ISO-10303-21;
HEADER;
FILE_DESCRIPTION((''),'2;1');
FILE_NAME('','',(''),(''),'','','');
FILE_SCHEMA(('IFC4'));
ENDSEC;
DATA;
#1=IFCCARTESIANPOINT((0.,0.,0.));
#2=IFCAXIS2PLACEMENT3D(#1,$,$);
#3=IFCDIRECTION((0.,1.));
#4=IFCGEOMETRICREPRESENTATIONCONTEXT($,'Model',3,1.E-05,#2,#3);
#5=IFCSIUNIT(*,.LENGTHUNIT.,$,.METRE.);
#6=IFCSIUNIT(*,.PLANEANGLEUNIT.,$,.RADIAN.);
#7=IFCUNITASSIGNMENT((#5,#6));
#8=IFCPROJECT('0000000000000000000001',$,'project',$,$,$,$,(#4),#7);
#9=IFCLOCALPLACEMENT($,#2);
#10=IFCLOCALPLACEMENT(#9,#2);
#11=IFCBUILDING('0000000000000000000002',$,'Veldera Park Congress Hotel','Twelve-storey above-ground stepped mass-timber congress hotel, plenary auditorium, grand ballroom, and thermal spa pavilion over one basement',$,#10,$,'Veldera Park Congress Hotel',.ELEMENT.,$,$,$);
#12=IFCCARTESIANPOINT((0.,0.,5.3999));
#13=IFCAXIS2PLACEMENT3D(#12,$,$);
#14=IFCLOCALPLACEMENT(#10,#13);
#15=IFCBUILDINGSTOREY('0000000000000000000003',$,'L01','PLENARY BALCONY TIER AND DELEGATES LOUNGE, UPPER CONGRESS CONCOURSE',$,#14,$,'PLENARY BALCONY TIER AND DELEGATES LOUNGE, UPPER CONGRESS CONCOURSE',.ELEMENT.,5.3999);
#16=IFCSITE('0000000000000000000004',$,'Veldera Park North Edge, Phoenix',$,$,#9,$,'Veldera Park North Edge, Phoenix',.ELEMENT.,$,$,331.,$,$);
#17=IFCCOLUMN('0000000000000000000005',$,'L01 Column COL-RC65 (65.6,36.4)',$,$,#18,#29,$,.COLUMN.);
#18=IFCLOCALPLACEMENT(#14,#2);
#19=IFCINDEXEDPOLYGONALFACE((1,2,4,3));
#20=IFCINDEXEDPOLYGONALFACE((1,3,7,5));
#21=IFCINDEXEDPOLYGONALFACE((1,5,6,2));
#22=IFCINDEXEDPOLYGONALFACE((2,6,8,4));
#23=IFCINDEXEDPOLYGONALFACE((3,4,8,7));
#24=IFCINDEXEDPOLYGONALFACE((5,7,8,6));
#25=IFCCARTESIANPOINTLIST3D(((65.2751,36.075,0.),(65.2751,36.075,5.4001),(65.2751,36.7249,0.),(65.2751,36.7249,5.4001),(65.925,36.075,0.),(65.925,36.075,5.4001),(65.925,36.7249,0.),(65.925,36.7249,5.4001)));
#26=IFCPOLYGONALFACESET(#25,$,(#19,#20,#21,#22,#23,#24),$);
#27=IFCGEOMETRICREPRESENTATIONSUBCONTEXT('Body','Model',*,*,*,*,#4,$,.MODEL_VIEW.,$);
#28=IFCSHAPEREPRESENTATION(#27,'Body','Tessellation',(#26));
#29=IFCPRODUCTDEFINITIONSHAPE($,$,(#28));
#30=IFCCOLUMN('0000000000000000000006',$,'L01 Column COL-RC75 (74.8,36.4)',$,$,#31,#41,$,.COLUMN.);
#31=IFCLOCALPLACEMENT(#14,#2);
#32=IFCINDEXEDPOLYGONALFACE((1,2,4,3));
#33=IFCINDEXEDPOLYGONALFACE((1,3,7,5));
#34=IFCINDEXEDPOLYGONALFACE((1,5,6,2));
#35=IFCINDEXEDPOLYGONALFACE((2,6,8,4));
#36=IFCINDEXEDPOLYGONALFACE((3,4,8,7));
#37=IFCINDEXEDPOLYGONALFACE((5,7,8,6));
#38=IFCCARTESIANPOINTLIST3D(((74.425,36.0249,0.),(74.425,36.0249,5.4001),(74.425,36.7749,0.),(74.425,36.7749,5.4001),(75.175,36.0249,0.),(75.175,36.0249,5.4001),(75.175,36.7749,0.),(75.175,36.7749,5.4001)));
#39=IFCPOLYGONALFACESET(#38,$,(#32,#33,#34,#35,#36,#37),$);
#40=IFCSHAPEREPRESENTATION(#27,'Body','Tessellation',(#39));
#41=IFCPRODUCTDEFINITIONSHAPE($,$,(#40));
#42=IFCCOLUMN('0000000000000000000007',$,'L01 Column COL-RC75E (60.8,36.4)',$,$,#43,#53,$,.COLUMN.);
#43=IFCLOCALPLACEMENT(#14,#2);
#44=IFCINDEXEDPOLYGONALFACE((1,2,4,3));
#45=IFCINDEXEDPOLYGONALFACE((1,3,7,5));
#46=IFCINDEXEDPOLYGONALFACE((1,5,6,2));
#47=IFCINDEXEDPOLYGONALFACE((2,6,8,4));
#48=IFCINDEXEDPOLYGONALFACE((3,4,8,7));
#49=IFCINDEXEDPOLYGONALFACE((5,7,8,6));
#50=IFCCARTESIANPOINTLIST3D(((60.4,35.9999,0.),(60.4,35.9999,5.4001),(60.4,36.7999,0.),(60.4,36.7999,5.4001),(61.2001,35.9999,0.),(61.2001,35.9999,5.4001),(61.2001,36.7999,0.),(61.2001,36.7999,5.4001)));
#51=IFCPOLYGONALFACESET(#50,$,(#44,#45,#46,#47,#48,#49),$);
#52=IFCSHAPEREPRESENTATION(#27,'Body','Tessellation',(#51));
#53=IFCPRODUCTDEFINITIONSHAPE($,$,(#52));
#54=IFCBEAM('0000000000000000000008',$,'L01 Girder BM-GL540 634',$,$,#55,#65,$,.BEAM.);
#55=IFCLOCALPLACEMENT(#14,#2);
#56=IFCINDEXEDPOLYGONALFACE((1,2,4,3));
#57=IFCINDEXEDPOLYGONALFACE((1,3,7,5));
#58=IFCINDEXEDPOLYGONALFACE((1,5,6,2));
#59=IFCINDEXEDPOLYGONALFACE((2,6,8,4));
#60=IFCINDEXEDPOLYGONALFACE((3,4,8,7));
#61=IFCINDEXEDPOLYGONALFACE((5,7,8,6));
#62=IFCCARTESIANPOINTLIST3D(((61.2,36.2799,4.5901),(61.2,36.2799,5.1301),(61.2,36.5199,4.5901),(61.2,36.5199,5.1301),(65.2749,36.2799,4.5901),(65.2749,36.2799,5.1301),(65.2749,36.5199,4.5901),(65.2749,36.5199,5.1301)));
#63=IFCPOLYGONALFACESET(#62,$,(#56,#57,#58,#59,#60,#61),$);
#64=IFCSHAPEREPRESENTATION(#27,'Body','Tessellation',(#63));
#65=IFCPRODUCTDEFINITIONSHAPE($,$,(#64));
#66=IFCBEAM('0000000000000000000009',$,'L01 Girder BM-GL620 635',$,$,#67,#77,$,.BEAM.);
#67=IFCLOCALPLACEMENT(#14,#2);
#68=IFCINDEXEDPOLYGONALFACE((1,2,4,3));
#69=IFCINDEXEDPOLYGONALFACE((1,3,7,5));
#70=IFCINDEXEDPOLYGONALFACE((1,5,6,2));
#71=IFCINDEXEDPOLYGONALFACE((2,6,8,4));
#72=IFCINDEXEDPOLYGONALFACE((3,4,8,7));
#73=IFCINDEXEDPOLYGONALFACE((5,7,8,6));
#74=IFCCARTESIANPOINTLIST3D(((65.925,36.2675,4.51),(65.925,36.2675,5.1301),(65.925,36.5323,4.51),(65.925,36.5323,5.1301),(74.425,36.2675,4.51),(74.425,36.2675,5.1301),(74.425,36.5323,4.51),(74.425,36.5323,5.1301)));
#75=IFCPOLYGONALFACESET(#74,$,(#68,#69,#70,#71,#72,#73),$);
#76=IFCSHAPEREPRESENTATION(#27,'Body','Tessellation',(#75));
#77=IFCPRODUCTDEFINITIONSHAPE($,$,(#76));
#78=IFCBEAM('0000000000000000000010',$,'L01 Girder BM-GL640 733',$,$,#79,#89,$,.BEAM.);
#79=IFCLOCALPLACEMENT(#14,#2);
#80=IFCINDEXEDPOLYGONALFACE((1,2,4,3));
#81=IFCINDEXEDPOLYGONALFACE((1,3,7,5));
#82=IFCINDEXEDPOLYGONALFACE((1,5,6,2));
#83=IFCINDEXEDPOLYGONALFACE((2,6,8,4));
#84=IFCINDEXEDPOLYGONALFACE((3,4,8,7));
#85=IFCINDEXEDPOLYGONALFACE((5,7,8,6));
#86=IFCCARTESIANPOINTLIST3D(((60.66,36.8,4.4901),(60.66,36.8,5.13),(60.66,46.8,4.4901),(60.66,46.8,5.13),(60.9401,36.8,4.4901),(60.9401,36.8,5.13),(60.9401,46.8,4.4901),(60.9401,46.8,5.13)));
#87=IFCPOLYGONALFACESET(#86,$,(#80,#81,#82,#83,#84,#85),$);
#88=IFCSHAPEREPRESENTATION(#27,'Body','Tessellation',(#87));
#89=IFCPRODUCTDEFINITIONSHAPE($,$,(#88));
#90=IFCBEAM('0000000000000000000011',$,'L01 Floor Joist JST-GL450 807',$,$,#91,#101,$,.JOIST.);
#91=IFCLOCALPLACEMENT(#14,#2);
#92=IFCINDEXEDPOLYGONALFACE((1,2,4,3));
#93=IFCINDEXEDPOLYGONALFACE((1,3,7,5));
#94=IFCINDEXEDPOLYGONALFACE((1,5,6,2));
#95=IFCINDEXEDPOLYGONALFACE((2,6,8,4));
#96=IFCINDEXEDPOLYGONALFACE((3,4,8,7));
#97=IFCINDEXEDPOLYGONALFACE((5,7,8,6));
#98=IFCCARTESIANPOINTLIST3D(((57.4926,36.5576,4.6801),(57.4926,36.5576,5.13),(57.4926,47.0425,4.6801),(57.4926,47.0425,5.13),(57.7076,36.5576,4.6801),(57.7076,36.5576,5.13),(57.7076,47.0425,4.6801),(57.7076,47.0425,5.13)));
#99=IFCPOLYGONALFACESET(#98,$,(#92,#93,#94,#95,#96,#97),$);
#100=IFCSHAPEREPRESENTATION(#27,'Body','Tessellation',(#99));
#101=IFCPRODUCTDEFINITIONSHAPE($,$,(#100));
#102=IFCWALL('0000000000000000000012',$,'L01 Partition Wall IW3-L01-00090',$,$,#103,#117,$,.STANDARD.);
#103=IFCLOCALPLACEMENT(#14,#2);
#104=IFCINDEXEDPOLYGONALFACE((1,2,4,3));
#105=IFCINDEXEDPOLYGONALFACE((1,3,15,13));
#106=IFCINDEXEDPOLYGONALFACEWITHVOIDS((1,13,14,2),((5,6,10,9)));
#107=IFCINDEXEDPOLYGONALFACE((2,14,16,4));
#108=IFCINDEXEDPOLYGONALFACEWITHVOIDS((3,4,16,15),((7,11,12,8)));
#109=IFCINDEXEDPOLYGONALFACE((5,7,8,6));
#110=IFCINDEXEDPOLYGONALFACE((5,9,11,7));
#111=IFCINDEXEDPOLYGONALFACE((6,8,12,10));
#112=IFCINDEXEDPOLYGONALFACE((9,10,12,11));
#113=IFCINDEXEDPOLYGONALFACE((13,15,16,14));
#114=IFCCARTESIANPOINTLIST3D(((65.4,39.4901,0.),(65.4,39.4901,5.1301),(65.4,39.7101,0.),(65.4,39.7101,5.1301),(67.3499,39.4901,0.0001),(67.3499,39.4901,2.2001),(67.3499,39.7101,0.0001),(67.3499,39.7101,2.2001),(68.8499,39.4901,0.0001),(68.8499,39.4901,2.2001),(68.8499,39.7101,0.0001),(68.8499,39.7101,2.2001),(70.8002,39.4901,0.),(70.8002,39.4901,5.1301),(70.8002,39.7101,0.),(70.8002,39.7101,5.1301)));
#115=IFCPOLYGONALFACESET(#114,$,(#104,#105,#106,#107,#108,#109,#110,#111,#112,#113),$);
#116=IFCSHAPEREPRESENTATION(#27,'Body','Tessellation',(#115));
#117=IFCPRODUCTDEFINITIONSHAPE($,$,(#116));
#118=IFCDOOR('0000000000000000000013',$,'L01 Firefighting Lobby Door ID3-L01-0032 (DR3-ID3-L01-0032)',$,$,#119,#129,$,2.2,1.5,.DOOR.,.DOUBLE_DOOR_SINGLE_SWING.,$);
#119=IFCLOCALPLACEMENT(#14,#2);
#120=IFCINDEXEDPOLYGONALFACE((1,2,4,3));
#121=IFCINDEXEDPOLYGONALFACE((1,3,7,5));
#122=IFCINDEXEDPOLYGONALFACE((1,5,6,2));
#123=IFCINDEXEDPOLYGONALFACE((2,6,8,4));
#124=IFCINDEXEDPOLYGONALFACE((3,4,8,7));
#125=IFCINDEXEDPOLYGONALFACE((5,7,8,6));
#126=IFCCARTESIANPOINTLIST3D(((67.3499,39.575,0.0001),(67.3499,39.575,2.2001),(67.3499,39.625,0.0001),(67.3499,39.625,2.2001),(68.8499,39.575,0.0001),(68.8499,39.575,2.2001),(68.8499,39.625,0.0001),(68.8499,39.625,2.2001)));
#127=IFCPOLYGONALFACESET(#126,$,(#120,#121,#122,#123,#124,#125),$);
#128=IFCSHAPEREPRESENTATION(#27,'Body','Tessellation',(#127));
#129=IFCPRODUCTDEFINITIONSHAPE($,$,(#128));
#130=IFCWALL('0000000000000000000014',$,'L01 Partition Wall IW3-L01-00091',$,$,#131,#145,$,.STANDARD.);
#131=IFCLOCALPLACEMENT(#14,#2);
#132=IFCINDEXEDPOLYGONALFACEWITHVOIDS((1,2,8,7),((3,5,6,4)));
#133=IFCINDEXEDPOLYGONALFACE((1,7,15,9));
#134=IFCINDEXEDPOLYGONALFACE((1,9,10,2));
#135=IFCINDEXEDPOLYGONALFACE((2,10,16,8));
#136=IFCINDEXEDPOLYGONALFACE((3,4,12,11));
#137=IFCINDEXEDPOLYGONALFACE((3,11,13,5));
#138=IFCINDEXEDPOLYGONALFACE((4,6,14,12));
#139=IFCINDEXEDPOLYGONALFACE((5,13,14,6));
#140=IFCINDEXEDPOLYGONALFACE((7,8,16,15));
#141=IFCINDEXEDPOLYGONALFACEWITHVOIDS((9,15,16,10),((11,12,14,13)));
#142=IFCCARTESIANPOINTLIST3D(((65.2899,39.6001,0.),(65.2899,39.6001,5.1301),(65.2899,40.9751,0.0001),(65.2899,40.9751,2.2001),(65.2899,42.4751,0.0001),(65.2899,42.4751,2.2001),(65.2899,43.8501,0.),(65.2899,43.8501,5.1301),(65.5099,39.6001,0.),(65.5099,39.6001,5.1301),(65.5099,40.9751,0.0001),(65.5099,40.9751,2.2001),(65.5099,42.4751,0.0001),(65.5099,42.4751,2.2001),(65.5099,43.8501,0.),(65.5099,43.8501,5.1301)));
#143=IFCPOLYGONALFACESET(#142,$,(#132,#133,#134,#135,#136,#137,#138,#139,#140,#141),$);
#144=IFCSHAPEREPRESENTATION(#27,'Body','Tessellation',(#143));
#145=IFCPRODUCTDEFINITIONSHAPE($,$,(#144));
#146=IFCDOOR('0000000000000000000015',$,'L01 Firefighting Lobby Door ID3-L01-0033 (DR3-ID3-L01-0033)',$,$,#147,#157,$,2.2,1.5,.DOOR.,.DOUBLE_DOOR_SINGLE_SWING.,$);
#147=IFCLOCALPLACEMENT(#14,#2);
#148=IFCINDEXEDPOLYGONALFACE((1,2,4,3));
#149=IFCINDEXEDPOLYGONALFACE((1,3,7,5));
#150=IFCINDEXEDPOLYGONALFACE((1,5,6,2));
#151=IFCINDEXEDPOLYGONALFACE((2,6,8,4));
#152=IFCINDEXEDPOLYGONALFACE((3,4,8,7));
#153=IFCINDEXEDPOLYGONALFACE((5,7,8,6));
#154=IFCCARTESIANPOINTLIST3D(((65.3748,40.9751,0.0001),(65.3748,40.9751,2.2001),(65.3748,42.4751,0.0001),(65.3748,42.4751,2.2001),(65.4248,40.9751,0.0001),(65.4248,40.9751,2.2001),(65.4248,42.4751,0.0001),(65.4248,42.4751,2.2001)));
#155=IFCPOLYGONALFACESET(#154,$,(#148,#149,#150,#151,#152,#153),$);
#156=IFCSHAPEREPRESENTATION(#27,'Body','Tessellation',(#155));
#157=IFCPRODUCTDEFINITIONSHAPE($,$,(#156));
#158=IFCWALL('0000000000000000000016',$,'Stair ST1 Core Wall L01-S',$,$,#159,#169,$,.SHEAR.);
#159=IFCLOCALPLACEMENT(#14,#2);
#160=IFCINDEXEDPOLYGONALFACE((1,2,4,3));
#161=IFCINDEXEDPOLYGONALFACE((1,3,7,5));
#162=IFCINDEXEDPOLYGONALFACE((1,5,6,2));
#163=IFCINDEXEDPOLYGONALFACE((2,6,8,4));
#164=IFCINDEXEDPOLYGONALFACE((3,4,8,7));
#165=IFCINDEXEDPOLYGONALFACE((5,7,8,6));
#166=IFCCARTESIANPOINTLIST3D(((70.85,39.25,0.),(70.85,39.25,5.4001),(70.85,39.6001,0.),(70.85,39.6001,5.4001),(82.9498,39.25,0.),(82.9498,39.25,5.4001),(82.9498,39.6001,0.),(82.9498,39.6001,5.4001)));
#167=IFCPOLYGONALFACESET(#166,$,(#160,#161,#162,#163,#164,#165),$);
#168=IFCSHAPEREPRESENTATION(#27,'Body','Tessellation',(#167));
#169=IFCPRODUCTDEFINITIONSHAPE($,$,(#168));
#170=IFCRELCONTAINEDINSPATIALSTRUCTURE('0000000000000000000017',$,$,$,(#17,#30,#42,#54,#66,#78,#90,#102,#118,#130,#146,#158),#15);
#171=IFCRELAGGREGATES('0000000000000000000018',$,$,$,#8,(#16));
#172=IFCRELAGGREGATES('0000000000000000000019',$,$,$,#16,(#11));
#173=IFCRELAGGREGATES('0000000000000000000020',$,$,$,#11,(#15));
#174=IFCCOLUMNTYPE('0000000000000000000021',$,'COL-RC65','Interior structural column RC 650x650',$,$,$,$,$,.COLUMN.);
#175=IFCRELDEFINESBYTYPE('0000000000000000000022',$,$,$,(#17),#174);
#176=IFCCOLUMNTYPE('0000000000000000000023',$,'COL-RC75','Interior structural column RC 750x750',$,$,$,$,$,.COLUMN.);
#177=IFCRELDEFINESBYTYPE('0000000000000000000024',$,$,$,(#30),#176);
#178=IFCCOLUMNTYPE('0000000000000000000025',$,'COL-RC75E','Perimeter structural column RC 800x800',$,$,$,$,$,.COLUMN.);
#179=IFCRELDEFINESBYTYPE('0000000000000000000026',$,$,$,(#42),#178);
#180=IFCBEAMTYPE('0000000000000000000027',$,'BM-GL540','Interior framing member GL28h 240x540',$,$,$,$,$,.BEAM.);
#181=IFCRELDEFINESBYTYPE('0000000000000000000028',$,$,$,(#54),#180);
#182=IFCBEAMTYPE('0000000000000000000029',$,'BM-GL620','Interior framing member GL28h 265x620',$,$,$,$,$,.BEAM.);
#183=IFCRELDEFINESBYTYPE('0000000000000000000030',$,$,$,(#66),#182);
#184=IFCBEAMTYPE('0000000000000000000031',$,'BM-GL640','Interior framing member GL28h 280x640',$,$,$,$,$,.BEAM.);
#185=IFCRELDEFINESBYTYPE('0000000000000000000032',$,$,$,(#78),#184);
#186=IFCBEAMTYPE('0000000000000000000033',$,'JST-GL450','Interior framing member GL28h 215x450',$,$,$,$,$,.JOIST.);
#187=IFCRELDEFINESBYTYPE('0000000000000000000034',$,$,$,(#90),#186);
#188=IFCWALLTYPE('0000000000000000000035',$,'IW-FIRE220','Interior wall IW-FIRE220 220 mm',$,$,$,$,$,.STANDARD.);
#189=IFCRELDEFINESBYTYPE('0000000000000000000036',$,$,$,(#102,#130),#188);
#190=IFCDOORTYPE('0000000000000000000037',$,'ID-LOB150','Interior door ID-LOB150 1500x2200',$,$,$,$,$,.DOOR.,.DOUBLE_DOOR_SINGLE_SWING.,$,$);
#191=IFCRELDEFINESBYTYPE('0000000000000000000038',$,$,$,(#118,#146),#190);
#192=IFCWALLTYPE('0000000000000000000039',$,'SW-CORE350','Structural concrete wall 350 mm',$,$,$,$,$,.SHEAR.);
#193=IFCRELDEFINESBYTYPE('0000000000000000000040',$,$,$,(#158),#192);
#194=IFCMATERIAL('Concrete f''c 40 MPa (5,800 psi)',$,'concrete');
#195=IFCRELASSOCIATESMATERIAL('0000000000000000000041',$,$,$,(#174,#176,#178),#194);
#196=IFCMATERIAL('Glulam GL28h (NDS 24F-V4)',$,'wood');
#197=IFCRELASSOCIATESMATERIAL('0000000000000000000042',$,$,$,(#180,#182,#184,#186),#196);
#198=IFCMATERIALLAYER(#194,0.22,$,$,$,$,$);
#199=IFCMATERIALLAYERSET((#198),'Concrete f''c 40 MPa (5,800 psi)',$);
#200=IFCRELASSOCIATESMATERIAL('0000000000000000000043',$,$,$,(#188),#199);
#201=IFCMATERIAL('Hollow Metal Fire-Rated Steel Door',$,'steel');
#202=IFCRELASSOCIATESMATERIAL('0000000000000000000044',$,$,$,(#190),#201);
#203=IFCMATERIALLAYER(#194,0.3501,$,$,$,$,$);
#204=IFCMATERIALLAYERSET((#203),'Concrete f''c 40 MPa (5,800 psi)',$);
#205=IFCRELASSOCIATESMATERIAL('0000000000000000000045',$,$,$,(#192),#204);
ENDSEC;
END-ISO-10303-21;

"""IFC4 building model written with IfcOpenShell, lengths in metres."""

from ifc_helpers import new_model, si_unit, direction, frame, frame_2d, origin, origin_2d, place, context, subcontext, project, spatial, rectangle, extrude, material, layer, layer_set, material_profile, profile_set, type_object, element, fill, save


model = new_model("IFC4")

# Units and contexts
model_context = context("Model", 3, precision=1e-05, world=origin(), true_north=direction((0.0, 1.0)))
body_context = subcontext(model_context, "Body", "Model", "MODEL_VIEW")
ifc_project = project(units=[si_unit("LENGTHUNIT", "METRE"), si_unit("PLANEANGLEUNIT", "RADIAN")], contexts=[model_context])

# Site, building, storey
site_placement = place(None, origin())
site = spatial("IfcSite", under=ifc_project, at=site_placement, Name="Veldera Park North Edge, Phoenix", LongName="Veldera Park North Edge, Phoenix", CompositionType="ELEMENT", RefElevation=331.0)
building_placement = place(site_placement, origin())
building = spatial("IfcBuilding", under=site, at=building_placement, Name="Veldera Park Congress Hotel", Description="Twelve-storey above-ground stepped mass-timber congress hotel, plenary auditorium, grand ballroom, and thermal spa pavilion over one basement", LongName="Veldera Park Congress Hotel", CompositionType="ELEMENT")
storey_placement = place(building_placement, frame((0.0, 0.0, 5.3999)))
storey = spatial("IfcBuildingStorey", under=building, at=storey_placement, Name="L01", Description="PLENARY BALCONY TIER AND DELEGATES LOUNGE, UPPER CONGRESS CONCOURSE", LongName="PLENARY BALCONY TIER AND DELEGATES LOUNGE, UPPER CONGRESS CONCOURSE", CompositionType="ELEMENT", Elevation=5.3999)

# Columns
ifc_material_1 = material(Name="Concrete f'c 40 MPa (5,800 psi)", Category="concrete")
ifc_material_profile_1 = material_profile(ifc_material_1, rectangle(XDim=0.6499, YDim=0.6499, at=origin_2d()), Name="RC 650x650")
ifc_profile_set_1 = profile_set([ifc_material_profile_1], Name="Concrete f'c 40 MPa (5,800 psi)")
column_type_1 = type_object("IfcColumnType", Name="COL-RC65", Description="Interior structural column RC 650x650", PredefinedType="COLUMN", material=ifc_profile_set_1)
column_1_placement = place(storey_placement, frame((65.6001, 36.3999, 0.0), z_axis=(0.0, 0.0, 1.0), x_axis=(1.0, 0.0, 0.0)))
element("IfcColumn", 1, at=column_1_placement, inside=storey, type_object=column_type_1, Name="L01 Column COL-RC65 (65.6,36.4)", PredefinedType="COLUMN", context=body_context, shape_type="SweptSolid", body=[
    extrude(rectangle(XDim=0.6499, YDim=0.6499, at=origin_2d()), origin(), (0.0, 0.0, 1.0), 5.4001),
])
ifc_material_profile_2 = material_profile(ifc_material_1, rectangle(XDim=0.75, YDim=0.75, at=origin_2d()), Name="RC 750x750")
ifc_profile_set_2 = profile_set([ifc_material_profile_2], Name="Concrete f'c 40 MPa (5,800 psi)")
column_type_2 = type_object("IfcColumnType", Name="COL-RC75", Description="Interior structural column RC 750x750", PredefinedType="COLUMN", material=ifc_profile_set_2)
column_2_placement = place(storey_placement, frame((74.8, 36.3999, 0.0), z_axis=(0.0, 0.0, 1.0), x_axis=(1.0, 0.0, 0.0)))
element("IfcColumn", 2, at=column_2_placement, inside=storey, type_object=column_type_2, Name="L01 Column COL-RC75 (74.8,36.4)", PredefinedType="COLUMN", context=body_context, shape_type="SweptSolid", body=[
    extrude(rectangle(XDim=0.75, YDim=0.75, at=origin_2d()), origin(), (0.0, 0.0, 1.0), 5.4001),
])
ifc_material_profile_3 = material_profile(ifc_material_1, rectangle(XDim=0.8, YDim=0.8, at=origin_2d()), Name="RC 800x800")
ifc_profile_set_3 = profile_set([ifc_material_profile_3], Name="Concrete f'c 40 MPa (5,800 psi)")
column_type_3 = type_object("IfcColumnType", Name="COL-RC75E", Description="Perimeter structural column RC 800x800", PredefinedType="COLUMN", material=ifc_profile_set_3)
column_3_placement = place(storey_placement, frame((60.8, 36.3999, 0.0), z_axis=(0.0, 0.0, 1.0), x_axis=(1.0, 0.0, 0.0)))
element("IfcColumn", 3, at=column_3_placement, inside=storey, type_object=column_type_3, Name="L01 Column COL-RC75E (60.8,36.4)", PredefinedType="COLUMN", context=body_context, shape_type="SweptSolid", body=[
    extrude(rectangle(XDim=0.8, YDim=0.8, at=origin_2d()), origin(), (0.0, 0.0, 1.0), 5.4001),
])

# Beams
ifc_material_2 = material(Name="Glulam GL28h (NDS 24F-V4)", Category="wood")
ifc_material_profile_4 = material_profile(ifc_material_2, rectangle(XDim=0.24, YDim=0.54, at=origin_2d()), Name="GL28h 240x540")
ifc_profile_set_4 = profile_set([ifc_material_profile_4], Name="Glulam GL28h (NDS 24F-V4)")
beam_type_1 = type_object("IfcBeamType", Name="BM-GL540", Description="Interior framing member GL28h 240x540", PredefinedType="BEAM", material=ifc_profile_set_4)
beam_1_placement = place(storey_placement, frame((61.2, 36.3999, 4.8601), z_axis=(1.0, 0.0, 0.0), x_axis=(0.0, 1.0, 0.0)))
element("IfcBeam", 4, at=beam_1_placement, inside=storey, type_object=beam_type_1, Name="L01 Girder BM-GL540 634", PredefinedType="BEAM", context=body_context, shape_type="SweptSolid", body=[
    extrude(rectangle(XDim=0.24, YDim=0.54, at=origin_2d()), origin(), (0.0, 0.0, 1.0), 4.075),
])
ifc_material_profile_5 = material_profile(ifc_material_2, rectangle(XDim=0.2649, YDim=0.6201, at=origin_2d()), Name="GL28h 265x620")
ifc_profile_set_5 = profile_set([ifc_material_profile_5], Name="Glulam GL28h (NDS 24F-V4)")
beam_type_2 = type_object("IfcBeamType", Name="BM-GL620", Description="Interior framing member GL28h 265x620", PredefinedType="BEAM", material=ifc_profile_set_5)
beam_2_placement = place(storey_placement, frame((65.925, 36.3999, 4.8201), z_axis=(1.0, 0.0, 0.0), x_axis=(0.0, 1.0, 0.0)))
element("IfcBeam", 5, at=beam_2_placement, inside=storey, type_object=beam_type_2, Name="L01 Girder BM-GL620 635", PredefinedType="BEAM", context=body_context, shape_type="SweptSolid", body=[
    extrude(rectangle(XDim=0.2649, YDim=0.6201, at=origin_2d()), origin(), (0.0, 0.0, 1.0), 8.5),
])
ifc_material_profile_6 = material_profile(ifc_material_2, rectangle(XDim=0.28, YDim=0.6399, at=origin_2d()), Name="GL28h 280x640")
ifc_profile_set_6 = profile_set([ifc_material_profile_6], Name="Glulam GL28h (NDS 24F-V4)")
beam_type_3 = type_object("IfcBeamType", Name="BM-GL640", Description="Interior framing member GL28h 280x640", PredefinedType="BEAM", material=ifc_profile_set_6)
beam_3_placement = place(storey_placement, frame((60.8, 36.8, 4.8101), z_axis=(0.0, 1.0, 0.0), x_axis=(-1.0, 0.0, 0.0)))
element("IfcBeam", 6, at=beam_3_placement, inside=storey, type_object=beam_type_3, Name="L01 Girder BM-GL640 733", PredefinedType="BEAM", context=body_context, shape_type="SweptSolid", body=[
    extrude(rectangle(XDim=0.28, YDim=0.6399, at=origin_2d()), origin(), (0.0, 0.0, 1.0), 10.0),
])
ifc_material_profile_7 = material_profile(ifc_material_2, rectangle(XDim=0.2151, YDim=0.45, at=origin_2d()), Name="GL28h 215x450")
ifc_profile_set_7 = profile_set([ifc_material_profile_7], Name="Glulam GL28h (NDS 24F-V4)")
beam_type_4 = type_object("IfcBeamType", Name="JST-GL450", Description="Interior framing member GL28h 215x450", PredefinedType="JOIST", material=ifc_profile_set_7)
beam_4_placement = place(storey_placement, frame((57.6001, 36.5576, 4.905), z_axis=(0.0, 1.0, 0.0), x_axis=(-1.0, 0.0, 0.0)))
element("IfcBeam", 7, at=beam_4_placement, inside=storey, type_object=beam_type_4, Name="L01 Floor Joist JST-GL450 807", PredefinedType="JOIST", context=body_context, shape_type="SweptSolid", body=[
    extrude(rectangle(XDim=0.2151, YDim=0.45, at=origin_2d()), origin(), (0.0, 0.0, 1.0), 10.4849),
])

# Walls, openings, doors
ifc_layer_1 = layer(ifc_material_1, 0.22)
ifc_layer_set_1 = layer_set([ifc_layer_1], Name="Concrete f'c 40 MPa (5,800 psi)")
wall_type_1 = type_object("IfcWallType", Name="IW-FIRE220", Description="Interior wall IW-FIRE220 220 mm", PredefinedType="STANDARD", material=ifc_layer_set_1)
wall_1_placement = place(storey_placement, frame((65.3999, 39.6001, 0.0), z_axis=(0.0, 0.0, 1.0), x_axis=(1.0, 0.0, 0.0)))
wall_1 = element("IfcWall", 8, at=wall_1_placement, inside=storey, type_object=wall_type_1, Name="L01 Partition Wall IW3-L01-00090", PredefinedType="STANDARD", context=body_context, shape_type="SweptSolid", body=[
    extrude(rectangle(XDim=5.4001, YDim=0.22, at=frame_2d((2.7002, 0.0))), origin(), (0.0, 0.0, 1.0), 5.1301),
])
opening_1_placement = place(wall_1_placement, frame((1.95, 0.0, 0.0)))
opening_1 = element("IfcOpeningElement", 9, at=opening_1_placement, cuts=wall_1, PredefinedType="OPENING", context=body_context, shape_type="SweptSolid", body=[
    extrude(rectangle(XDim=1.5, YDim=2.2, at=frame_2d((0.75, 1.1001))), frame((0.0, 0.1221, 0.0), z_axis=(0.0, -1.0, 0.0), x_axis=(1.0, 0.0, 0.0)), (0.0, 0.0, 1.0), 0.2439),
])
ifc_material_3 = material(Name="Hollow Metal Fire-Rated Steel Door", Category="steel")
door_type_1 = type_object("IfcDoorType", Name="ID-LOB150", Description="Interior door ID-LOB150 1500x2200", OperationType="DOUBLE_DOOR_SINGLE_SWING", PredefinedType="DOOR", material=ifc_material_3)
door_1_placement = place(opening_1_placement, origin())
door_1 = element("IfcDoor", 10, at=door_1_placement, inside=storey, type_object=door_type_1, Name="L01 Firefighting Lobby Door ID3-L01-0032 (DR3-ID3-L01-0032)", OperationType="DOUBLE_DOOR_SINGLE_SWING", OverallHeight=2.2, OverallWidth=1.5, PredefinedType="DOOR", context=body_context, shape_type="SweptSolid", body=[
    extrude(rectangle(XDim=1.5, YDim=2.2, at=frame_2d((0.75, 1.1001))), frame((0.0, 0.0249, 0.0), z_axis=(0.0, -1.0, 0.0), x_axis=(1.0, 0.0, 0.0)), (0.0, 0.0, 1.0), 0.05),
])
fill(opening_1, door_1)
wall_2_placement = place(storey_placement, frame((65.3999, 43.8501, 0.0), z_axis=(0.0, 0.0, 1.0), x_axis=(0.0, -1.0, 0.0)))
wall_2 = element("IfcWall", 11, at=wall_2_placement, inside=storey, type_object=wall_type_1, Name="L01 Partition Wall IW3-L01-00091", PredefinedType="STANDARD", context=body_context, shape_type="SweptSolid", body=[
    extrude(rectangle(XDim=4.25, YDim=0.22, at=frame_2d((2.125, 0.0))), origin(), (0.0, 0.0, 1.0), 5.1301),
])
opening_2_placement = place(wall_2_placement, frame((1.375, 0.0, 0.0)))
opening_2 = element("IfcOpeningElement", 12, at=opening_2_placement, cuts=wall_2, PredefinedType="OPENING", context=body_context, shape_type="SweptSolid", body=[
    extrude(rectangle(XDim=1.5, YDim=2.2, at=frame_2d((0.75, 1.1001))), frame((0.0, 0.1221, 0.0), z_axis=(0.0, -1.0, 0.0), x_axis=(1.0, 0.0, 0.0)), (0.0, 0.0, 1.0), 0.2439),
])
door_2_placement = place(opening_2_placement, origin())
door_2 = element("IfcDoor", 13, at=door_2_placement, inside=storey, type_object=door_type_1, Name="L01 Firefighting Lobby Door ID3-L01-0033 (DR3-ID3-L01-0033)", OperationType="DOUBLE_DOOR_SINGLE_SWING", OverallHeight=2.2, OverallWidth=1.5, PredefinedType="DOOR", context=body_context, shape_type="SweptSolid", body=[
    extrude(rectangle(XDim=1.5, YDim=2.2, at=frame_2d((0.75, 1.1001))), frame((0.0, 0.0249, 0.0), z_axis=(0.0, -1.0, 0.0), x_axis=(1.0, 0.0, 0.0)), (0.0, 0.0, 1.0), 0.05),
])
fill(opening_2, door_2)

# Wall
ifc_layer_2 = layer(ifc_material_1, 0.3501)
ifc_layer_set_2 = layer_set([ifc_layer_2], Name="Concrete f'c 40 MPa (5,800 psi)")
wall_type_2 = type_object("IfcWallType", Name="SW-CORE350", Description="Structural concrete wall 350 mm", PredefinedType="SHEAR", material=ifc_layer_set_2)
wall_3_placement = place(storey_placement, frame((70.8501, 39.425, 0.0), z_axis=(0.0, 0.0, 1.0), x_axis=(1.0, 0.0, 0.0)))
element("IfcWall", 14, at=wall_3_placement, inside=storey, type_object=wall_type_2, Name="Stair ST1 Core Wall L01-S", PredefinedType="SHEAR", context=body_context, shape_type="SweptSolid", body=[
    extrude(rectangle(XDim=12.0999, YDim=0.3501, at=frame_2d((6.0498, 0.0))), origin(), (0.0, 0.0, 1.0), 5.4001),
])

save(model, "model.ifc")
